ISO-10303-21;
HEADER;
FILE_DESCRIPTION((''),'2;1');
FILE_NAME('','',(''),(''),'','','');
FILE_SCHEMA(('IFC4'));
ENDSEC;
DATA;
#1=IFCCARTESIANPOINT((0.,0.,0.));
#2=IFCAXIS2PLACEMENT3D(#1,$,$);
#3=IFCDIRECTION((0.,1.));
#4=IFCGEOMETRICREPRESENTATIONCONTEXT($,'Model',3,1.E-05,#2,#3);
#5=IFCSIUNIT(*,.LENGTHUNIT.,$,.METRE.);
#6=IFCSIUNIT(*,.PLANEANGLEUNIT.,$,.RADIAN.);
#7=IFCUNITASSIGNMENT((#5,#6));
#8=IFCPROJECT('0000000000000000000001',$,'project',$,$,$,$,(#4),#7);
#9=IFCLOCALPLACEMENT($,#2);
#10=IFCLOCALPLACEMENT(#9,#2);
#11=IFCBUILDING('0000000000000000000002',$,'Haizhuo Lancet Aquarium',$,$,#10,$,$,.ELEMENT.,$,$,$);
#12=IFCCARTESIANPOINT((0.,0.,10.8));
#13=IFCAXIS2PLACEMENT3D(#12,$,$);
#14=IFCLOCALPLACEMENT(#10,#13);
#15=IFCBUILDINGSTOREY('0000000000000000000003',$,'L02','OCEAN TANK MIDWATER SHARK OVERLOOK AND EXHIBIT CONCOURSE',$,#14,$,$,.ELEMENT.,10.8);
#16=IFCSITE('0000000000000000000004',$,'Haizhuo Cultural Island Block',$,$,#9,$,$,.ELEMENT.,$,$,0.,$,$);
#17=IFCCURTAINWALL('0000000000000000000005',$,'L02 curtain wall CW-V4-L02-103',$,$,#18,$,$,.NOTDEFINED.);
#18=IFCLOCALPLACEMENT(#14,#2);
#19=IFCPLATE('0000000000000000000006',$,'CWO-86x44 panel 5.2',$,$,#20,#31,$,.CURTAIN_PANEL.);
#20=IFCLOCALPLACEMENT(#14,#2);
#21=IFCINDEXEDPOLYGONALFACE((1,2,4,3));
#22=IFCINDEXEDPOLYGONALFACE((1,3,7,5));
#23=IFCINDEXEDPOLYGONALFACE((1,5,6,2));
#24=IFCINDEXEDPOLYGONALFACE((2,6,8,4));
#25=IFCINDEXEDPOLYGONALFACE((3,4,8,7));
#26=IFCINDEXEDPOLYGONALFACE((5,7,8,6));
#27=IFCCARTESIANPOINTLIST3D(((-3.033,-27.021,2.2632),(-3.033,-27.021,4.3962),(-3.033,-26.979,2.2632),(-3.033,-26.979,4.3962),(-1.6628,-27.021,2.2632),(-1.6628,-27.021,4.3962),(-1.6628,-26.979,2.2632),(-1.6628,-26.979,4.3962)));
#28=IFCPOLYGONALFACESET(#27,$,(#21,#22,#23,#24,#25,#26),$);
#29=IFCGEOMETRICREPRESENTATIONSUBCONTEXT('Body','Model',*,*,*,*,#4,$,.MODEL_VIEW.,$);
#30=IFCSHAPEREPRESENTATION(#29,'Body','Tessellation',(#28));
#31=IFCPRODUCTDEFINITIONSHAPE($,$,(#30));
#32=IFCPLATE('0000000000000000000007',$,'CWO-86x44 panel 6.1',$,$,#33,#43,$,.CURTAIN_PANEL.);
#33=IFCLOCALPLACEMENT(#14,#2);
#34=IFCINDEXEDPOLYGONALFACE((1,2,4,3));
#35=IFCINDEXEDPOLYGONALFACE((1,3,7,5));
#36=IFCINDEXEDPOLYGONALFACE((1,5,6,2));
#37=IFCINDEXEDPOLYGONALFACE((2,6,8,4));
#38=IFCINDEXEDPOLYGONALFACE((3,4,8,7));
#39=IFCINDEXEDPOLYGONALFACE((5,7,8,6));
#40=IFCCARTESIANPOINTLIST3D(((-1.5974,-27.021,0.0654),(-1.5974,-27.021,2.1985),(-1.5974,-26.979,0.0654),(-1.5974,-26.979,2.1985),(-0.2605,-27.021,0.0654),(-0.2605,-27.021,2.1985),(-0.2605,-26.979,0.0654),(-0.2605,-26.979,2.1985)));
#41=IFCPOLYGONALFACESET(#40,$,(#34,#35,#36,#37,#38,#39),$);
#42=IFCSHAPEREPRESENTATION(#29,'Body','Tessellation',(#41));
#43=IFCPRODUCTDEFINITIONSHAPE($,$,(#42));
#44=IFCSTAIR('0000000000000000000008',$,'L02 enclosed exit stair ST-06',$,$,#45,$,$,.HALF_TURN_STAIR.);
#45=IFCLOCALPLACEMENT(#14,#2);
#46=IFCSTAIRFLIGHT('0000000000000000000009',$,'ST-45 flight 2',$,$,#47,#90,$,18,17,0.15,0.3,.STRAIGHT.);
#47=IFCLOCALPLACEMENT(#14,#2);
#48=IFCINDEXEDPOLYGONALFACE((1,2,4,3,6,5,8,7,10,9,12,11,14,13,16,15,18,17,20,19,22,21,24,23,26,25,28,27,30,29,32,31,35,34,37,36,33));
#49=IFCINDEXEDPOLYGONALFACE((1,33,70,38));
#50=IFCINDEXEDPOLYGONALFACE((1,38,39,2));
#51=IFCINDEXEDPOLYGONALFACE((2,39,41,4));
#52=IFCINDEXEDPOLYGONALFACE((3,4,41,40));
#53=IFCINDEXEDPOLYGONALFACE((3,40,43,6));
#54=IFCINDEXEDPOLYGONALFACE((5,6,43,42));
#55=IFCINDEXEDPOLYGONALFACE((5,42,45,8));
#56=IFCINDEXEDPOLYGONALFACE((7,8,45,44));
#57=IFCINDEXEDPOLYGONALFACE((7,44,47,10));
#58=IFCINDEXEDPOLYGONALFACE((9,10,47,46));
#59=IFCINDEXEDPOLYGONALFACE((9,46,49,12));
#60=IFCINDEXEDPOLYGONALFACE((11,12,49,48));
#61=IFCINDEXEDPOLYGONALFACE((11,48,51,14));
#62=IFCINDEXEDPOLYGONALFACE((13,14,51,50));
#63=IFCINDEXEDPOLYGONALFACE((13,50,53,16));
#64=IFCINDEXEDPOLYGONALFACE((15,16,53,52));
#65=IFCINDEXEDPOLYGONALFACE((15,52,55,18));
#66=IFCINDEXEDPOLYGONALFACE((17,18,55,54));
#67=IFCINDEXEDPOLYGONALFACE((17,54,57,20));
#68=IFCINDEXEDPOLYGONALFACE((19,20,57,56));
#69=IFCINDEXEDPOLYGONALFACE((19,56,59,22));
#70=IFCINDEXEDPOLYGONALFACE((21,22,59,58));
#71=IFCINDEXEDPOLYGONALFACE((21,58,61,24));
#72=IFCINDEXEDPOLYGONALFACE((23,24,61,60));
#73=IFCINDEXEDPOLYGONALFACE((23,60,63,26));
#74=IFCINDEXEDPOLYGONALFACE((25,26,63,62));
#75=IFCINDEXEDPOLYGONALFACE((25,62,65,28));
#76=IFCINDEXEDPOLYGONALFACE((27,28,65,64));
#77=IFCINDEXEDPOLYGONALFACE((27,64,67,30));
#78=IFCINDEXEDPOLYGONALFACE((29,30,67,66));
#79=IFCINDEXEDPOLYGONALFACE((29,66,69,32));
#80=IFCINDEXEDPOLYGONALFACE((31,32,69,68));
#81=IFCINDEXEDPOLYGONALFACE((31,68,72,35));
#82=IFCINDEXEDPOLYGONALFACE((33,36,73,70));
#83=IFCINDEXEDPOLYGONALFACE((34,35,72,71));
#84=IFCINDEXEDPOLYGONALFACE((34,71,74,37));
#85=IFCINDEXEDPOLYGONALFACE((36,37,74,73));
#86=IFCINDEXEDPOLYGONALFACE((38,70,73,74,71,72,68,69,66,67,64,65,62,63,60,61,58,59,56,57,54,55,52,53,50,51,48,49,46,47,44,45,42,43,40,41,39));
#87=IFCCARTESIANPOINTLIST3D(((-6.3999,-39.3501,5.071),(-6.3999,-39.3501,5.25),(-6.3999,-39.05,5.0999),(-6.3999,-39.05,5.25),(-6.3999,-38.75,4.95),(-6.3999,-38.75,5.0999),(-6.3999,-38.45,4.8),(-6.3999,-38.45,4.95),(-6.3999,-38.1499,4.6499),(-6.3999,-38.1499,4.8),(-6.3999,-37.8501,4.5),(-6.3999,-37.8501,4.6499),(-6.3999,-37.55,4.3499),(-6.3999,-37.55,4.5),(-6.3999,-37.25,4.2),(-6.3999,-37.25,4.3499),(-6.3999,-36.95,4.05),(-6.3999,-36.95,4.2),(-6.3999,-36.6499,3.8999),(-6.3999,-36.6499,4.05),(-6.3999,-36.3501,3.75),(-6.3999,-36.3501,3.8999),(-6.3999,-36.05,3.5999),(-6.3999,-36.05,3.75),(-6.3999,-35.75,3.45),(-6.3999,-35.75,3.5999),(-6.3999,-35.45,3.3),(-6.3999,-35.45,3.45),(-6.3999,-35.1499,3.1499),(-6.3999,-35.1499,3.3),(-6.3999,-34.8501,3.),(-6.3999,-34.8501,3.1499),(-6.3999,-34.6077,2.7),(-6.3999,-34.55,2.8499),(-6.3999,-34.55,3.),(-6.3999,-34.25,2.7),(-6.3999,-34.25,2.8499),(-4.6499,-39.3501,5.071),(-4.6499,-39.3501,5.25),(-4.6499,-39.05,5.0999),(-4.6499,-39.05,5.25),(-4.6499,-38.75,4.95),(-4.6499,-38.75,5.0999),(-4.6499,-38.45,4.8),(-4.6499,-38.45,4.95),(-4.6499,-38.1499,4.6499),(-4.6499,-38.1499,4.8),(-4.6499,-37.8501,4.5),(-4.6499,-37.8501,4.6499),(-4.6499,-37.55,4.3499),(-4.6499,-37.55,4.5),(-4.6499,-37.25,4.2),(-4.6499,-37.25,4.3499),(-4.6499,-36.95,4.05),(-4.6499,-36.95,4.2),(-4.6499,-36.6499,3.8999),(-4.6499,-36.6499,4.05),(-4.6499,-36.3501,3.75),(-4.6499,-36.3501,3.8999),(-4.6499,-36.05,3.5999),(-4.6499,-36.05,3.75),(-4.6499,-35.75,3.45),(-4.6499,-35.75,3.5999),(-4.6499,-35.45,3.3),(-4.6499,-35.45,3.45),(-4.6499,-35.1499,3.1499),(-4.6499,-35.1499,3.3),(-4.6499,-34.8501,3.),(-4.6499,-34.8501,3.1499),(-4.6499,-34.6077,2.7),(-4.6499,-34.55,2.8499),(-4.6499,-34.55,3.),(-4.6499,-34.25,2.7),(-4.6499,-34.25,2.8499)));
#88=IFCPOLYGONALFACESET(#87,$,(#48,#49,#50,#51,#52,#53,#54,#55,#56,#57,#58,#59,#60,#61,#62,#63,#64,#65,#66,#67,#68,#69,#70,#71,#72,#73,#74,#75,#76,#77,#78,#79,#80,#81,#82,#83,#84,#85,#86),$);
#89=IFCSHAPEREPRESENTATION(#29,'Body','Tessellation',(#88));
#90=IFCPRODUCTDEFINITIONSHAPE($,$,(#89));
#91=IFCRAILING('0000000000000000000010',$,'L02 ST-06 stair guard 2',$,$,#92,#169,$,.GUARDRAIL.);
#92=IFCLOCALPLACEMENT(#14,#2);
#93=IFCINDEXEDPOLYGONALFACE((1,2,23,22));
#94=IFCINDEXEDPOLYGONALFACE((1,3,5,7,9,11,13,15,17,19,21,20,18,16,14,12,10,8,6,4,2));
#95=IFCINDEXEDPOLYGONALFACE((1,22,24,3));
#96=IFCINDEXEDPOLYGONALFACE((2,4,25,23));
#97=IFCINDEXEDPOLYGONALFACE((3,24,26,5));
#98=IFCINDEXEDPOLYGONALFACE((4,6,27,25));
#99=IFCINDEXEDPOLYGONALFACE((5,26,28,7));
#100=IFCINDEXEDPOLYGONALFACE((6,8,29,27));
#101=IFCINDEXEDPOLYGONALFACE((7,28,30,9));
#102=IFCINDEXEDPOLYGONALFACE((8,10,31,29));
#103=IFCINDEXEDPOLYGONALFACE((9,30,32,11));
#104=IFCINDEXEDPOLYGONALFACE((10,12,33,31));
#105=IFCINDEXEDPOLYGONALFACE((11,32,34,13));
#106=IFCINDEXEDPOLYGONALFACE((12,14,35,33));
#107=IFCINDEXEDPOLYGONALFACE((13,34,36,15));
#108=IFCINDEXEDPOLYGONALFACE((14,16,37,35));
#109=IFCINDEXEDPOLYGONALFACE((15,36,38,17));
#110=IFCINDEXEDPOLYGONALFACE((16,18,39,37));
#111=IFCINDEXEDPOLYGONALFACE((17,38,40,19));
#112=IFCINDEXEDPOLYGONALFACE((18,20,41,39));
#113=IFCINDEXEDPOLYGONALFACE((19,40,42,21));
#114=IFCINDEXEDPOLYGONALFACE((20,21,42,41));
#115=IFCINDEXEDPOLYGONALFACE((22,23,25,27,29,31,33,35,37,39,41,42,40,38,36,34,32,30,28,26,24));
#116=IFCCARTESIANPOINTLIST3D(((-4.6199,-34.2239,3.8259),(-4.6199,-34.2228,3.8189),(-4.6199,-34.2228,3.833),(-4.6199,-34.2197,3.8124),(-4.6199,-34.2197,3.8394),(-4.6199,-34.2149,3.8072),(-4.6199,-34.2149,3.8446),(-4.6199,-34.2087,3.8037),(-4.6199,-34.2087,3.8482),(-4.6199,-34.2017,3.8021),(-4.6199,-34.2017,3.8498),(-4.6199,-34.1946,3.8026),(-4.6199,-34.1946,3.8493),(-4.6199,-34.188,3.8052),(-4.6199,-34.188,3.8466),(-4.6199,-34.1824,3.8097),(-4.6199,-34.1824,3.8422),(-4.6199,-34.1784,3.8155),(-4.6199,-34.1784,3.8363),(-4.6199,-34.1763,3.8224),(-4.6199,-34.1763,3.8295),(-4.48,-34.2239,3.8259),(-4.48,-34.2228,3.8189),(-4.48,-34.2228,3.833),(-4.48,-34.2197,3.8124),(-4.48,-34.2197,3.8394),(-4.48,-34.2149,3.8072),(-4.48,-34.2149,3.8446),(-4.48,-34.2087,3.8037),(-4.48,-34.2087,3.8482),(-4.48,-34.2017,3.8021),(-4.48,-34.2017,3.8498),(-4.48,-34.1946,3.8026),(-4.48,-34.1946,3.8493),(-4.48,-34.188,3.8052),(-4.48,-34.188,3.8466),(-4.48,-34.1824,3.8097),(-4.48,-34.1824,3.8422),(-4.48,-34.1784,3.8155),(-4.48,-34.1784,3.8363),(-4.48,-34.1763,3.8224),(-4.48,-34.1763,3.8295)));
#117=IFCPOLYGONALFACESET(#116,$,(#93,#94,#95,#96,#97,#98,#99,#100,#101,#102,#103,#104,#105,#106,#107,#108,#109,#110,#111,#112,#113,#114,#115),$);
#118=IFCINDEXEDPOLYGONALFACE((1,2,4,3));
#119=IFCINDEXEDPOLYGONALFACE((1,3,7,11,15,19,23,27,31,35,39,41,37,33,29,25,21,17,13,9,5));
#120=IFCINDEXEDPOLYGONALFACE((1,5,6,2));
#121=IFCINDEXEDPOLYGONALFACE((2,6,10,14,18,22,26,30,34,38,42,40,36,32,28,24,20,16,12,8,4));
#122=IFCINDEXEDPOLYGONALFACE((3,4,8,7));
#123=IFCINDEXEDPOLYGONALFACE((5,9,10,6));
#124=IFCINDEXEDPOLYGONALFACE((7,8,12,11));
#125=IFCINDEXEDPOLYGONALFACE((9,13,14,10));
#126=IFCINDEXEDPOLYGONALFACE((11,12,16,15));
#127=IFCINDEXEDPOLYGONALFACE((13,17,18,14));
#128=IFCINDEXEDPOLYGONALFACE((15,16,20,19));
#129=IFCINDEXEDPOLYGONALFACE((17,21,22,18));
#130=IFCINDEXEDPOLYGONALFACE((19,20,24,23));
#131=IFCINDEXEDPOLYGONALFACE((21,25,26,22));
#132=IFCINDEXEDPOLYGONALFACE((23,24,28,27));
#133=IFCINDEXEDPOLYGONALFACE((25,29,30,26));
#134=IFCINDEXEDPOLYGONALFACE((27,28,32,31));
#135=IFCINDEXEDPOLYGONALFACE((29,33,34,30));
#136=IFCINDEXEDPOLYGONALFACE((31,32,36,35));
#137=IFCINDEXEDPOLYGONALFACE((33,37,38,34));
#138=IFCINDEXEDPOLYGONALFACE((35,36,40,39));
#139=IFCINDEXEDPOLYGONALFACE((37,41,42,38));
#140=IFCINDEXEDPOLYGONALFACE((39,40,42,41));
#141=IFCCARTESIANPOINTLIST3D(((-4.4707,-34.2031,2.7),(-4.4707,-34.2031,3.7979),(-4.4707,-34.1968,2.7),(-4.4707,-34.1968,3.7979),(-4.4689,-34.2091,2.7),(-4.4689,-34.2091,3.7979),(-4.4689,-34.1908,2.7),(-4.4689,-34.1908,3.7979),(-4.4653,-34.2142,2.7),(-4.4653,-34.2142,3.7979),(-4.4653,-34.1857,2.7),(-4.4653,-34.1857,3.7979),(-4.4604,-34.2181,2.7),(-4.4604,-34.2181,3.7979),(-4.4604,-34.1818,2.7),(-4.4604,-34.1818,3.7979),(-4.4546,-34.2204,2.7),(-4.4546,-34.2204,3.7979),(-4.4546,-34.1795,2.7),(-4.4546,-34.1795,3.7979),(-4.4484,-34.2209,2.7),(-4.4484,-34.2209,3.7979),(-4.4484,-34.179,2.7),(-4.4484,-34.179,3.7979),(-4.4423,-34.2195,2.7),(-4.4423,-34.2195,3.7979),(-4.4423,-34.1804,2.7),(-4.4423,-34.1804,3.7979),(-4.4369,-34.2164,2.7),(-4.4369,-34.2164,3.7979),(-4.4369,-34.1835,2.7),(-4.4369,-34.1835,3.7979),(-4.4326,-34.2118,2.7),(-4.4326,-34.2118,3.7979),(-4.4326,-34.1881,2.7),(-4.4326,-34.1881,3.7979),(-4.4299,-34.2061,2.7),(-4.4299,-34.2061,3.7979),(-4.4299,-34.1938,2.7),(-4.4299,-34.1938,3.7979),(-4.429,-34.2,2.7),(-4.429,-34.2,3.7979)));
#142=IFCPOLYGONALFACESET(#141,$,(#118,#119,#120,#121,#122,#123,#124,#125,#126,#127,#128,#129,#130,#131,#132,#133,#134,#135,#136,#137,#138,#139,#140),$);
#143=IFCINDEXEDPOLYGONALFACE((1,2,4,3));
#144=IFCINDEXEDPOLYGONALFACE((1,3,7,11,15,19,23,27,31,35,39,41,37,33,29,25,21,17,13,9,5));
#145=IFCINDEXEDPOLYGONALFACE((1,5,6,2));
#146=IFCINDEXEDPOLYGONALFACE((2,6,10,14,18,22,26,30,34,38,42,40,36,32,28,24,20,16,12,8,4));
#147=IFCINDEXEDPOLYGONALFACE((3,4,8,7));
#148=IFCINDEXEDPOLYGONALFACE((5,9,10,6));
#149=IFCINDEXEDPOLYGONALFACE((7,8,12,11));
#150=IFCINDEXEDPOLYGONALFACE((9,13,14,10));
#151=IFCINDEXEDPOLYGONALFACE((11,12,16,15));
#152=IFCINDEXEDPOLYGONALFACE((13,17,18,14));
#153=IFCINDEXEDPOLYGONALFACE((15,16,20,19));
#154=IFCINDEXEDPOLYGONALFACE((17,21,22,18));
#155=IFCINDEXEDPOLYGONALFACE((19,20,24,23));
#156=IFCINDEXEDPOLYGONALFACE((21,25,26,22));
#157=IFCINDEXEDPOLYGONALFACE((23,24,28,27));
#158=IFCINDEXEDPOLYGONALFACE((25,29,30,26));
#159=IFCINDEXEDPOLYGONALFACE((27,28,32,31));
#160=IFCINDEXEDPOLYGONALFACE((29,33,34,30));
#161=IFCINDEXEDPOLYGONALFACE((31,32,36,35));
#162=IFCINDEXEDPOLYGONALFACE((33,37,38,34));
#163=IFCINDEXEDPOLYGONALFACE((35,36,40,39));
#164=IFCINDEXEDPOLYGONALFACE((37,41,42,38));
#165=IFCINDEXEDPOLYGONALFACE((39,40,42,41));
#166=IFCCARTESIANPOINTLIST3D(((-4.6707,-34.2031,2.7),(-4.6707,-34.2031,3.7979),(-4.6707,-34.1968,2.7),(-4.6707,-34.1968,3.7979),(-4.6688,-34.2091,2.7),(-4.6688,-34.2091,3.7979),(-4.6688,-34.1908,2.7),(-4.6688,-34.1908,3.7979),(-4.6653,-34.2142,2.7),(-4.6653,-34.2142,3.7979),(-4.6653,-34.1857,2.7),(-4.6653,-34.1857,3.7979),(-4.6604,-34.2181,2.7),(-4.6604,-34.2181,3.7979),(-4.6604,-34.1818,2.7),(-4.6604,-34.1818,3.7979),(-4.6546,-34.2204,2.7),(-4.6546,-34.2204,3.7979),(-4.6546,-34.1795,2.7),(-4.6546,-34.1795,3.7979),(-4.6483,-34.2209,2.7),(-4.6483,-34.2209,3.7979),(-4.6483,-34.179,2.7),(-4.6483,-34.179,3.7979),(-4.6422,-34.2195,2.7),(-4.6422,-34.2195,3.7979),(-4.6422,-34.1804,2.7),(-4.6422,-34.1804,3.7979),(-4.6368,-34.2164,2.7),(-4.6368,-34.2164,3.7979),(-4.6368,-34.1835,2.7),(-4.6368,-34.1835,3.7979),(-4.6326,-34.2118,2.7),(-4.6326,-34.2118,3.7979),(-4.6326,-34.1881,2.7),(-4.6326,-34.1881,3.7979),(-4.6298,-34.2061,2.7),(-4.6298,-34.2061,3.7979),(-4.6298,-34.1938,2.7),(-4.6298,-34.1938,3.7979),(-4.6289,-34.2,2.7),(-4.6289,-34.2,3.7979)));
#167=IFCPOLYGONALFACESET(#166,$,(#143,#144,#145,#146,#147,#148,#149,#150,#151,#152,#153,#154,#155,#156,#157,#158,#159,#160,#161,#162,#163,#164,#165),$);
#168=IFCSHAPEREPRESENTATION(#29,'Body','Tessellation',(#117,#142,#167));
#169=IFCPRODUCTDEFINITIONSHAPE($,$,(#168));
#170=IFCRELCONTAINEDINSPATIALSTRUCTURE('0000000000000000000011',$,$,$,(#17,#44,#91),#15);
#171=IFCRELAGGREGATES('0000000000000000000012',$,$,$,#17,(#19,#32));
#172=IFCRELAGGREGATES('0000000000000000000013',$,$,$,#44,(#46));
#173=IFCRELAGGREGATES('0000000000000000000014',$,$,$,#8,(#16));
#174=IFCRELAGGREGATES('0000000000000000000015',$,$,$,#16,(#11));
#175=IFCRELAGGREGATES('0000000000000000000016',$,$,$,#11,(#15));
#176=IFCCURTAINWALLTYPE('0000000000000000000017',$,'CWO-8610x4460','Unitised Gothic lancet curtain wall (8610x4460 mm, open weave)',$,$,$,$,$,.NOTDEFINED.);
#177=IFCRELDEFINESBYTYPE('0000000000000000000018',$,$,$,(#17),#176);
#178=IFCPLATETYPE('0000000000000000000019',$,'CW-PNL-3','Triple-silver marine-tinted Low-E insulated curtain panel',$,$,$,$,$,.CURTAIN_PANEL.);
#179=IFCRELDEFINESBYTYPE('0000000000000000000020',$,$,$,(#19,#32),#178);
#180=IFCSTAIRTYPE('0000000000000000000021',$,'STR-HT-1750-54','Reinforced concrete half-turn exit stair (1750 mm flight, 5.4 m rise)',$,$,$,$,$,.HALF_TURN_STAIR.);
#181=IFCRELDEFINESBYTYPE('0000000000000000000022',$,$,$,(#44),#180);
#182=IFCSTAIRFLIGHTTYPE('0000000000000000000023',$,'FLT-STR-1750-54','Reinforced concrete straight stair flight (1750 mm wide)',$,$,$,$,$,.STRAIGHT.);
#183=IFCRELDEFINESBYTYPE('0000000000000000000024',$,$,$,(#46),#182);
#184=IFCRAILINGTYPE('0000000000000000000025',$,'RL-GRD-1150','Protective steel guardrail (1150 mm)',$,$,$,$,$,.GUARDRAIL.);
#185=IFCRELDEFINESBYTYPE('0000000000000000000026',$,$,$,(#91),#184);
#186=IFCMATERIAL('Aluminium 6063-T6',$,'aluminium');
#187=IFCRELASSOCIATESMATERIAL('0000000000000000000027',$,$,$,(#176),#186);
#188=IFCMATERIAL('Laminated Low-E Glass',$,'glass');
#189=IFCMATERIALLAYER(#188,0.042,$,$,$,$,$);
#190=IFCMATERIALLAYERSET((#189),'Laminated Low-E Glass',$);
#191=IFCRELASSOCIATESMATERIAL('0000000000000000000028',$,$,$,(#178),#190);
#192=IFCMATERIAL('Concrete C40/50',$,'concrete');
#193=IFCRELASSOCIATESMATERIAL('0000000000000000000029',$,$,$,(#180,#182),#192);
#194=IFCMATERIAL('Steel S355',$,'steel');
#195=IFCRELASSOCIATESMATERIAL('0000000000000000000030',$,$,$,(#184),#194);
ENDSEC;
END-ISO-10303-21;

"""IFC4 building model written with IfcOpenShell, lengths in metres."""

from ifc_helpers import new_model, si_unit, direction, frame, origin, origin_2d, place, context, subcontext, project, spatial, polyline, rectangle, circle, outline, extrude, material, layer, layer_set, type_object, element, aggregate, save


model = new_model("IFC4")

# Units and contexts
model_context = context("Model", 3, precision=1e-05, world=origin(), true_north=direction((0.0, 1.0)))
body_context = subcontext(model_context, "Body", "Model", "MODEL_VIEW")
ifc_project = project(units=[si_unit("LENGTHUNIT", "METRE"), si_unit("PLANEANGLEUNIT", "RADIAN")], contexts=[model_context])

# Site, building, storey
site_placement = place(None, origin())
site = spatial("IfcSite", under=ifc_project, at=site_placement, Name="Haizhuo Cultural Island Block", CompositionType="ELEMENT", RefElevation=0.0)
building_placement = place(site_placement, origin())
building = spatial("IfcBuilding", under=site, at=building_placement, Name="Haizhuo Lancet Aquarium", CompositionType="ELEMENT")
storey_placement = place(building_placement, frame((0.0, 0.0, 10.8)))
storey = spatial("IfcBuildingStorey", under=building, at=storey_placement, Name="L02", Description="OCEAN TANK MIDWATER SHARK OVERLOOK AND EXHIBIT CONCOURSE", CompositionType="ELEMENT", Elevation=10.8)

# Curtain wall
ifc_material_1 = material(Name="Aluminium 6063-T6", Category="aluminium")
curtain_wall_type = type_object("IfcCurtainWallType", Name="CWO-8610x4460", Description="Unitised Gothic lancet curtain wall (8610x4460 mm, open weave)", PredefinedType="NOTDEFINED", material=ifc_material_1)
curtain_wall_placement = place(storey_placement, origin())
curtain_wall = element("IfcCurtainWall", 1, at=curtain_wall_placement, inside=storey, type_object=curtain_wall_type, Name="L02 curtain wall CW-V4-L02-103", PredefinedType="NOTDEFINED")

# Shared definitions
ifc_material_2 = material(Name="Steel S355", Category="steel")

# Plates
ifc_material_3 = material(Name="Laminated Low-E Glass", Category="glass")
ifc_layer = layer(ifc_material_3, 0.042)
ifc_layer_set = layer_set([ifc_layer], Name="Laminated Low-E Glass")
plate_type = type_object("IfcPlateType", Name="CW-PNL-3", Description="Triple-silver marine-tinted Low-E insulated curtain panel", PredefinedType="CURTAIN_PANEL", material=ifc_layer_set)
plate_1_placement = place(storey_placement, frame((-2.3479, -27.0, 2.2632), z_axis=(0.0, 0.0, 1.0), x_axis=(1.0, 0.0, 0.0)))
plate_1 = element("IfcPlate", 2, at=plate_1_placement, type_object=plate_type, Name="CWO-86x44 panel 5.2", PredefinedType="CURTAIN_PANEL", context=body_context, shape_type="SweptSolid", body=[
    extrude(rectangle(XDim=1.3701, YDim=0.042, at=origin_2d()), origin(), (0.0, 0.0, 1.0), 2.1331),
])
plate_2_placement = place(storey_placement, frame((-0.929, -27.0, 0.0654), z_axis=(0.0, 0.0, 1.0), x_axis=(1.0, 0.0, 0.0)))
plate_2 = element("IfcPlate", 3, at=plate_2_placement, type_object=plate_type, Name="CWO-86x44 panel 6.1", PredefinedType="CURTAIN_PANEL", context=body_context, shape_type="SweptSolid", body=[
    extrude(rectangle(XDim=1.3369, YDim=0.042, at=origin_2d()), origin(), (0.0, 0.0, 1.0), 2.1331),
])
aggregate(curtain_wall, [plate_1, plate_2])

# Stair, stair flight
ifc_material_4 = material(Name="Concrete C40/50", Category="concrete")
stair_type = type_object("IfcStairType", Name="STR-HT-1750-54", Description="Reinforced concrete half-turn exit stair (1750 mm flight, 5.4 m rise)", PredefinedType="HALF_TURN_STAIR", material=ifc_material_4)
stair_placement = place(storey_placement, origin())
stair = element("IfcStair", 4, at=stair_placement, inside=storey, type_object=stair_type, Name="L02 enclosed exit stair ST-06", PredefinedType="HALF_TURN_STAIR")
stair_flight_type = type_object("IfcStairFlightType", Name="FLT-STR-1750-54", Description="Reinforced concrete straight stair flight (1750 mm wide)", PredefinedType="STRAIGHT", material=ifc_material_4)
stair_flight_placement = place(storey_placement, frame((-5.5249, -34.25, 2.7), z_axis=(0.0, 0.0, 1.0), x_axis=(0.0, -1.0, 0.0)))
stair_flight = element("IfcStairFlight", 5, at=stair_flight_placement, type_object=stair_flight_type, Name="ST-45 flight 2", NumberOfRisers=18, NumberOfTreads=17, PredefinedType="STRAIGHT", RiserHeight=0.15, TreadLength=0.3, context=body_context, shape_type="SweptSolid", body=[
    extrude(outline(polyline([(0.0, 0.0), (0.0, 0.1499), (0.3, 0.1499), (0.3, 0.3), (0.6001, 0.3), (0.6001, 0.45), (0.8999, 0.45), (0.8999, 0.6001), (1.2, 0.6001), (1.2, 0.75), (1.5, 0.75), (1.5, 0.8999), (1.8, 0.8999), (1.8, 1.05), (2.1001, 1.05), (2.1001, 1.2), (2.3999, 1.2), (2.3999, 1.3501), (2.7, 1.3501), (2.7, 1.5), (3.0, 1.5), (3.0, 1.6499), (3.3, 1.6499), (3.3, 1.8), (3.6001, 1.8), (3.6001, 1.95), (3.8999, 1.95), (3.8999, 2.1001), (4.2, 2.1001), (4.2, 2.25), (4.5, 2.25), (4.5, 2.3999), (4.8, 2.3999), (4.8, 2.55), (5.1001, 2.55), (5.1001, 2.7), (5.1001, 2.3711), (0.3577, 0.0), (0.0, 0.0)])), frame((0.0, 0.875, 0.0), z_axis=(0.0, -1.0, 0.0), x_axis=(1.0, 0.0, 0.0)), (0.0, 0.0, 1.0), 1.75),
])
aggregate(stair, [stair_flight])

# Railing
railing_type = type_object("IfcRailingType", Name="RL-GRD-1150", Description="Protective steel guardrail (1150 mm)", PredefinedType="GUARDRAIL", material=ifc_material_2)
railing_1_placement = place(storey_placement, frame((-4.45, -34.2, 2.7)))
element("IfcRailing", 6, at=railing_1_placement, inside=storey, type_object=railing_type, Name="L02 ST-06 stair guard 2", PredefinedType="GUARDRAIL", context=body_context, shape_type="SweptSolid", body=[
    extrude(circle(Radius=0.0239, at=origin_2d()), frame((-0.03, 0.0, 1.126), z_axis=(-1.0, 0.0, 0.0), x_axis=(0.0, -1.0, 0.0)), (0.0, 0.0, 1.0), 0.1399),
    extrude(circle(Radius=0.021, at=origin_2d()), origin(), (0.0, 0.0, 1.0), 1.0979),
    extrude(circle(Radius=0.021, at=origin_2d()), frame((-0.2, 0.0, 0.0)), (0.0, 0.0, 1.0), 1.0979),
])

save(model, "model.ifc")
